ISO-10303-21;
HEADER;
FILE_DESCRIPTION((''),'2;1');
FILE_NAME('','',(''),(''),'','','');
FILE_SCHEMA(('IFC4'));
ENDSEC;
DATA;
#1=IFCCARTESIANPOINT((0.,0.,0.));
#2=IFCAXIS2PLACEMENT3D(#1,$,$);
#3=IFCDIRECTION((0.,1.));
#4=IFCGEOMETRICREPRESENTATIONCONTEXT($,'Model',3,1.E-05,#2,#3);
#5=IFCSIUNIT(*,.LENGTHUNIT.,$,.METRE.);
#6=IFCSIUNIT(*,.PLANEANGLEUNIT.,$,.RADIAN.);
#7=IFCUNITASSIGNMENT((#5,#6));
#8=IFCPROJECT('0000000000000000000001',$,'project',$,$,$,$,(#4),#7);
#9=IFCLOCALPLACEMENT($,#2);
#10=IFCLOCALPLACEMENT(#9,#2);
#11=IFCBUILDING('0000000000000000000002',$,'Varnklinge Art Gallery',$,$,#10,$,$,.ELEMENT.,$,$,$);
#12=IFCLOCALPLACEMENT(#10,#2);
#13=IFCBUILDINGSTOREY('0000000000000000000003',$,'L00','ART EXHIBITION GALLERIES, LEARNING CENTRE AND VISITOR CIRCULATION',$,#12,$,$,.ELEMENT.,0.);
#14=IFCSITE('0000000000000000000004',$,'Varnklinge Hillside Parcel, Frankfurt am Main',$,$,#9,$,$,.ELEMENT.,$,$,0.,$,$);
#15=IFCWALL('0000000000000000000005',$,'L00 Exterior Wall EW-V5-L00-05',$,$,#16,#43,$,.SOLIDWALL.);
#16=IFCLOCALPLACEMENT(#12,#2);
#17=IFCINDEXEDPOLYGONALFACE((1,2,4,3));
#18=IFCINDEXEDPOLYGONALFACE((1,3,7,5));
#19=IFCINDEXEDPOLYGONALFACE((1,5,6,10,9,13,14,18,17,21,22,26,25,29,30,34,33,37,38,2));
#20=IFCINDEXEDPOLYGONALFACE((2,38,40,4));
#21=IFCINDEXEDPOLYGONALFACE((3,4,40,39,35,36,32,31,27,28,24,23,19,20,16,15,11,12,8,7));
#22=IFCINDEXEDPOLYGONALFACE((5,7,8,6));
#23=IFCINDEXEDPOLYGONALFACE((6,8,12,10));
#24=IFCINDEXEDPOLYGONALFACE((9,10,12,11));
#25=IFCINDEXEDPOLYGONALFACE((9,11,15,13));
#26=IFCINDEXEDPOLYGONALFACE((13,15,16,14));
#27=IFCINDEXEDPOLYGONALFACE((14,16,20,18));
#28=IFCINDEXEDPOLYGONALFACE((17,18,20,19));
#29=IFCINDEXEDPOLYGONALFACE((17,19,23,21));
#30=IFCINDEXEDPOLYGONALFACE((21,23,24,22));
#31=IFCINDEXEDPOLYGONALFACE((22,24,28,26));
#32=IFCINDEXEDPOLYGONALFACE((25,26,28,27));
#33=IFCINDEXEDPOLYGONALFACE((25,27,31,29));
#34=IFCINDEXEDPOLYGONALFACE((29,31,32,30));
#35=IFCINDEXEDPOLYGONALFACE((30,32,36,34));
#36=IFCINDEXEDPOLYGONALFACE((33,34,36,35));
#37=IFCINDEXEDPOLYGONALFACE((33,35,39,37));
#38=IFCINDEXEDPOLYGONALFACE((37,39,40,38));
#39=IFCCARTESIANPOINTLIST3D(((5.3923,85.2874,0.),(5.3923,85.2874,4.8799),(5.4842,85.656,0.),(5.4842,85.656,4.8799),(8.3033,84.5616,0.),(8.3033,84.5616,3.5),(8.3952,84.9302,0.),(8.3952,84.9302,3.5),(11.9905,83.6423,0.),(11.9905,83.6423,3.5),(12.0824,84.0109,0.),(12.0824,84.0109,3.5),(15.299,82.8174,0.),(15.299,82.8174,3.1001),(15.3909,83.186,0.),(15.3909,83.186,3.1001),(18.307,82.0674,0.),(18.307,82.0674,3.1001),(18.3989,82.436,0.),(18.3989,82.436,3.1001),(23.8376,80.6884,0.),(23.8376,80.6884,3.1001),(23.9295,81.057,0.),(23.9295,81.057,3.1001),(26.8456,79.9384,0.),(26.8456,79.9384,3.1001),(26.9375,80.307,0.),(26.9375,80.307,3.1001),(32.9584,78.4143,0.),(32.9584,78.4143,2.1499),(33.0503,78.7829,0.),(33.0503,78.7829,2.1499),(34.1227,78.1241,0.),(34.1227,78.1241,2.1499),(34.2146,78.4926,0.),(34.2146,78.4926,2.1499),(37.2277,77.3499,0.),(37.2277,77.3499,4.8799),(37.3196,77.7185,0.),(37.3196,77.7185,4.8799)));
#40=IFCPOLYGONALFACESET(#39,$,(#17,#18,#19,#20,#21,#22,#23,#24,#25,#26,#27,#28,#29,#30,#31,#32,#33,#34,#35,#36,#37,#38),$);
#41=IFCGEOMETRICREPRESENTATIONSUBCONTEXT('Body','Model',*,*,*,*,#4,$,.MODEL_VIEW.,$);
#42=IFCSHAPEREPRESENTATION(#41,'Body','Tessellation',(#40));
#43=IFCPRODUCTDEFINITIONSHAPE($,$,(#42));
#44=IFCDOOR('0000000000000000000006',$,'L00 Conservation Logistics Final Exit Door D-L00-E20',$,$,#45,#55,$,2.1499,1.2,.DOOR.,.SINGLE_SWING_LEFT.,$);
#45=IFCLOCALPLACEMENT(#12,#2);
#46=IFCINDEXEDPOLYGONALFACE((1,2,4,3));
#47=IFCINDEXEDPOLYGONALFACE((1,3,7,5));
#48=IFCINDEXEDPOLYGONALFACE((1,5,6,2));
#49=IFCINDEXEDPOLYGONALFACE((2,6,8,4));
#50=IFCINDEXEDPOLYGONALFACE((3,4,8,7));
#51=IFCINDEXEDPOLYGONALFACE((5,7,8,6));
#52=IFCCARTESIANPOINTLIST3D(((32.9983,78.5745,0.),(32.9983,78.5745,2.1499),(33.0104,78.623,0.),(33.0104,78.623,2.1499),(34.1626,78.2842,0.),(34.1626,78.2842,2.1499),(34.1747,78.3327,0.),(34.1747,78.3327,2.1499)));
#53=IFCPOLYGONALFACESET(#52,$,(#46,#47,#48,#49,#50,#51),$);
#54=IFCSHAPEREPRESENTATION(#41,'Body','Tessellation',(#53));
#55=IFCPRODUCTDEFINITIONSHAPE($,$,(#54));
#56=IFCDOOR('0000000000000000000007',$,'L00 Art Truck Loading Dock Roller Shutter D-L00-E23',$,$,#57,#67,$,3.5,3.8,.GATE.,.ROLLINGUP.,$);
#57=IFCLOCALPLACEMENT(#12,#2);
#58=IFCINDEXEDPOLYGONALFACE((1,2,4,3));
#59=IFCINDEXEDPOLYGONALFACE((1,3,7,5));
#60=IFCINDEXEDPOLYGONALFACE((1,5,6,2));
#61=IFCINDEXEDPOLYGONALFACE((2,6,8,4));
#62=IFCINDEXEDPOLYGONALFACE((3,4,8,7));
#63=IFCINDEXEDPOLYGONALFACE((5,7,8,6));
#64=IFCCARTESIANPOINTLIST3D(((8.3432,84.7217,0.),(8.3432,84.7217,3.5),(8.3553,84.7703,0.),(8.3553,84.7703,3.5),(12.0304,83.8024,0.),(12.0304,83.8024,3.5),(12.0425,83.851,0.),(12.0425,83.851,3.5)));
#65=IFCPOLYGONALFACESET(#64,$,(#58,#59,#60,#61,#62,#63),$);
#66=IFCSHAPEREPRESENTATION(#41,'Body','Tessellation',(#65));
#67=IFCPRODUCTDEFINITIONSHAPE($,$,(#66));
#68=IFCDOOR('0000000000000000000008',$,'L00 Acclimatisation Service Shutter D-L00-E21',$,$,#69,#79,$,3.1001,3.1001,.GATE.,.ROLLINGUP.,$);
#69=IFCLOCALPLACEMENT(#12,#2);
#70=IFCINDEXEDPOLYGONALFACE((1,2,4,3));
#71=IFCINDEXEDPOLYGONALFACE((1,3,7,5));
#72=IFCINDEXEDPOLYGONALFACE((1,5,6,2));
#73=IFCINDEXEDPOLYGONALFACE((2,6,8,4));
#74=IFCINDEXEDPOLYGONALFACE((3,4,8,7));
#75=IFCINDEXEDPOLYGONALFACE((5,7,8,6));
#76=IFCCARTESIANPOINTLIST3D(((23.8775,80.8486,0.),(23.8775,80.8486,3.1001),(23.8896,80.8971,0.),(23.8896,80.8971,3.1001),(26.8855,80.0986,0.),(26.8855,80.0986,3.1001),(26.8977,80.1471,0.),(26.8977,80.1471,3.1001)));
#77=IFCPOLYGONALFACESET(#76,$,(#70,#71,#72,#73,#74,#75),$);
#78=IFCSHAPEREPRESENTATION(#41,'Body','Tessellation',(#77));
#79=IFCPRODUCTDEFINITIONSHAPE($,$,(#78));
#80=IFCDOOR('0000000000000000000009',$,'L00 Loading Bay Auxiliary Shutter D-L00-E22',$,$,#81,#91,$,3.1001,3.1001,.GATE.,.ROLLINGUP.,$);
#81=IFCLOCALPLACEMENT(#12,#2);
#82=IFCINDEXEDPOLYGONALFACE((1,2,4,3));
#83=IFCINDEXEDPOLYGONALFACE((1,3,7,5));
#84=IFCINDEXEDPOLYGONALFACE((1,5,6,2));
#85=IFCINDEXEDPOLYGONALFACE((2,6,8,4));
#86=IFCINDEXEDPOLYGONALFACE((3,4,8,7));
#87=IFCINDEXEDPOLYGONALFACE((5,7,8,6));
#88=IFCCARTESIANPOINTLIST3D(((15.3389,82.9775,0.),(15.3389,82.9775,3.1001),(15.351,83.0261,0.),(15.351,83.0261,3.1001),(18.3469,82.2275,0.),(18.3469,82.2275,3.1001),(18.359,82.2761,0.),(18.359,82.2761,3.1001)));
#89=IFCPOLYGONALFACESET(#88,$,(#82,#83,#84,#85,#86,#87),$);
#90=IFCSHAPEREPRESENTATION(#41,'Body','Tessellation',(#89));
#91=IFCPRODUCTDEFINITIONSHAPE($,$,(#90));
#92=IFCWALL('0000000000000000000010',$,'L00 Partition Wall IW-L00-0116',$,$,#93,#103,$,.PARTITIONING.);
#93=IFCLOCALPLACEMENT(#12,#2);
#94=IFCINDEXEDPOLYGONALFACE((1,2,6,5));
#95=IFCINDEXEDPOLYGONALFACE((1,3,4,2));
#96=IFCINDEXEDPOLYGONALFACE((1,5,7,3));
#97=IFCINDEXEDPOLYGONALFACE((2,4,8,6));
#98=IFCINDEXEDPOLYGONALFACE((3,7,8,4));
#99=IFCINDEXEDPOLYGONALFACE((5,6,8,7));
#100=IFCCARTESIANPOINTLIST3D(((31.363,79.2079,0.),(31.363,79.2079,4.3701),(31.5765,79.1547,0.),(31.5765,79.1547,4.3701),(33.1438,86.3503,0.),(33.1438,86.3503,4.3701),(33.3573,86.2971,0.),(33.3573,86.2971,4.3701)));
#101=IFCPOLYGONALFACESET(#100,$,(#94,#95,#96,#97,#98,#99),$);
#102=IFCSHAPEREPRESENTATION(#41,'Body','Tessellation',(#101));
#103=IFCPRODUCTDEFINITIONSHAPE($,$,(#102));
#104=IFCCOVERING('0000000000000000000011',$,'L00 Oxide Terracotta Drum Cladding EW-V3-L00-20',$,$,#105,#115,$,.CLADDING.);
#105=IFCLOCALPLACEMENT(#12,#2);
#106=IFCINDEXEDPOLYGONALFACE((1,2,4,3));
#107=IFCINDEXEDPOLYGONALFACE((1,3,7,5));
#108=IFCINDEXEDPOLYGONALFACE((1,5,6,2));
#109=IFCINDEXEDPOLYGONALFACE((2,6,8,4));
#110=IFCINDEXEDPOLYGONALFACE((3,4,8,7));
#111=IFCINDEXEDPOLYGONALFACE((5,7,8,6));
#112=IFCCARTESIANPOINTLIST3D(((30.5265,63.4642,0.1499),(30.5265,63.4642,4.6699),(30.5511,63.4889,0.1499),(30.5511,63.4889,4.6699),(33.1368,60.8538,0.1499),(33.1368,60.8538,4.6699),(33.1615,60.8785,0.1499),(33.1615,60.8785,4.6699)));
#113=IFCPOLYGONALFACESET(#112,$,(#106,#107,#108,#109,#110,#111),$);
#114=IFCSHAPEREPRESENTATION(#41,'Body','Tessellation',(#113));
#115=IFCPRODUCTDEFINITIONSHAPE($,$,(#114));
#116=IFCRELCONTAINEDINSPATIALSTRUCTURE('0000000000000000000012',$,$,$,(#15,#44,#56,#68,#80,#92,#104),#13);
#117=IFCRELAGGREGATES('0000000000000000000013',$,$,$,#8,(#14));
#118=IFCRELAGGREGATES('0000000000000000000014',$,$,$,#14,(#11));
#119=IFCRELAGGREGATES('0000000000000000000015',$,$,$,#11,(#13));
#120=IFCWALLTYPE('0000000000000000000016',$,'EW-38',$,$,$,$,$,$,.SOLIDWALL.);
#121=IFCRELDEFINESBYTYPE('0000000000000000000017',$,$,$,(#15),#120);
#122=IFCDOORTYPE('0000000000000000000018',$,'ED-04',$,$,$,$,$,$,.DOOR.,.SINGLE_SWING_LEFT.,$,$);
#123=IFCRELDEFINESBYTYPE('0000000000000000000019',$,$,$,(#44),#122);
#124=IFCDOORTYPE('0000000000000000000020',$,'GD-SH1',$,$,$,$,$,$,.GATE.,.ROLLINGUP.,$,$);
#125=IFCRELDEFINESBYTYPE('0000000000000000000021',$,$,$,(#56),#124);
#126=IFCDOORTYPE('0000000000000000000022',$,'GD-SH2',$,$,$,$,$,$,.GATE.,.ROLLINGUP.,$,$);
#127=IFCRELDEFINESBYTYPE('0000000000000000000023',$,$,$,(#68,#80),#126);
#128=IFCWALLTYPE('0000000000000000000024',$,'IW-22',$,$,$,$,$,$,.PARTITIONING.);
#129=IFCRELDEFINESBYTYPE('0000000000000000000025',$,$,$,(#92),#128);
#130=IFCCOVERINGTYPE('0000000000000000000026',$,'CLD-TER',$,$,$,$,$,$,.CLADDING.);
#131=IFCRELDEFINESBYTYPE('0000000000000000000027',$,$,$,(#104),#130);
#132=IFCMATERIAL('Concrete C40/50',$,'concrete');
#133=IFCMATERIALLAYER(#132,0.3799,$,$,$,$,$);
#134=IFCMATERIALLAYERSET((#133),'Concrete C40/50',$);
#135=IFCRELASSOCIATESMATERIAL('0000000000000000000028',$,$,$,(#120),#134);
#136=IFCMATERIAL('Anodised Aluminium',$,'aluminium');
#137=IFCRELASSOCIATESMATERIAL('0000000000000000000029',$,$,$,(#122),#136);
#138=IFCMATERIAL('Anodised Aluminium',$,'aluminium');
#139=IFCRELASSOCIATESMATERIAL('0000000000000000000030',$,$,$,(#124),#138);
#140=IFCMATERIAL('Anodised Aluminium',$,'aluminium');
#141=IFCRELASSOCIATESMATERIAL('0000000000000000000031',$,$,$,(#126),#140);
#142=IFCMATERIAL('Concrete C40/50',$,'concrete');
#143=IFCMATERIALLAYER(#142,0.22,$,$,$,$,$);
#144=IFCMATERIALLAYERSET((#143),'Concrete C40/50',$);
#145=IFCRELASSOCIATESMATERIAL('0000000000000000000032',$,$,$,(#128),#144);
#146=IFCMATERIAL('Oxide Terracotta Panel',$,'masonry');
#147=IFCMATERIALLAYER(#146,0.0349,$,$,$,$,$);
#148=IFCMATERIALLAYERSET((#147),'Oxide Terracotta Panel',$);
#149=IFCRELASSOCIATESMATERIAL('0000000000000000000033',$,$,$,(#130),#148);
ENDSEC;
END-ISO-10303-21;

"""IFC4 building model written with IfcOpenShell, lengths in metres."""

from ifc_helpers import new_model, si_unit, direction, frame, frame_2d, origin, origin_2d, place, context, subcontext, project, spatial, rectangle, extrude, material, layer, layer_set, type_object, element, fill, save


model = new_model("IFC4")

# Units and contexts
model_context = context("Model", 3, precision=1e-05, world=origin(), true_north=direction((0.0, 1.0)))
body_context = subcontext(model_context, "Body", "Model", "MODEL_VIEW")
ifc_project = project(units=[si_unit("LENGTHUNIT", "METRE"), si_unit("PLANEANGLEUNIT", "RADIAN")], contexts=[model_context])

# Site, building, storey
site_placement = place(None, origin())
site = spatial("IfcSite", under=ifc_project, at=site_placement, Name="Varnklinge Hillside Parcel, Frankfurt am Main", CompositionType="ELEMENT", RefElevation=0.0)
building_placement = place(site_placement, origin())
building = spatial("IfcBuilding", under=site, at=building_placement, Name="Varnklinge Art Gallery", CompositionType="ELEMENT")
storey_placement = place(building_placement, origin())
storey = spatial("IfcBuildingStorey", under=building, at=storey_placement, Name="L00", Description="ART EXHIBITION GALLERIES, LEARNING CENTRE AND VISITOR CIRCULATION", CompositionType="ELEMENT", Elevation=0.0)

# Shared definitions
ifc_material_1 = material(Name="Concrete C40/50", Category="concrete")
ifc_layer_1 = layer(ifc_material_1, 0.3799)
ifc_layer_set_1 = layer_set([ifc_layer_1], Name="Concrete C40/50")
wall_type_1 = type_object("IfcWallType", Name="EW-38", PredefinedType="SOLIDWALL", material=ifc_layer_set_1)

# Wall, openings, doors
wall_1_placement = place(storey_placement, frame((37.2737, 77.5342, 0.0), z_axis=(0.0, 0.0, 1.0), x_axis=(-0.970296, 0.241923, 0.0)))
wall_1 = element("IfcWall", 1, at=wall_1_placement, inside=storey, type_object=wall_type_1, Name="L00 Exterior Wall EW-V5-L00-05", PredefinedType="SOLIDWALL", context=body_context, shape_type="SweptSolid", body=[
    extrude(rectangle(XDim=32.8101, YDim=0.3799, at=frame_2d((16.405, 0.0))), origin(), (0.0, 0.0, 1.0), 4.8799),
])
opening_1_placement = place(wall_1_placement, frame((3.2, 0.0, 0.0)))
opening_1 = element("IfcOpeningElement", 2, at=opening_1_placement, cuts=wall_1, PredefinedType="OPENING", context=body_context, shape_type="SweptSolid", body=[
    extrude(rectangle(XDim=1.2, YDim=2.1499, at=frame_2d((0.6001, 1.075))), frame((0.0, 0.2, 0.0), z_axis=(0.0, -1.0, 0.0), x_axis=(1.0, 0.0, 0.0)), (0.0, 0.0, 1.0), 0.3999),
])
opening_2_placement = place(wall_1_placement, frame((10.7, 0.0, 0.0)))
opening_2 = element("IfcOpeningElement", 3, at=opening_2_placement, cuts=wall_1, PredefinedType="OPENING", context=body_context, shape_type="SweptSolid", body=[
    extrude(rectangle(XDim=3.1001, YDim=3.1001, at=frame_2d((1.55, 1.55))), frame((0.0, 0.2, 0.0), z_axis=(0.0, -1.0, 0.0), x_axis=(1.0, 0.0, 0.0)), (0.0, 0.0, 1.0), 0.3999),
])
opening_3_placement = place(wall_1_placement, frame((19.5, 0.0, 0.0)))
opening_3 = element("IfcOpeningElement", 4, at=opening_3_placement, cuts=wall_1, PredefinedType="OPENING", context=body_context, shape_type="SweptSolid", body=[
    extrude(rectangle(XDim=3.1001, YDim=3.1001, at=frame_2d((1.55, 1.55))), frame((0.0, 0.2, 0.0), z_axis=(0.0, -1.0, 0.0), x_axis=(1.0, 0.0, 0.0)), (0.0, 0.0, 1.0), 0.3999),
])
opening_4_placement = place(wall_1_placement, frame((26.01, 0.0, 0.0)))
opening_4 = element("IfcOpeningElement", 5, at=opening_4_placement, cuts=wall_1, PredefinedType="OPENING", context=body_context, shape_type="SweptSolid", body=[
    extrude(rectangle(XDim=3.8, YDim=3.5, at=frame_2d((1.8999, 1.75))), frame((0.0, 0.2, 0.0), z_axis=(0.0, -1.0, 0.0), x_axis=(1.0, 0.0, 0.0)), (0.0, 0.0, 1.0), 0.3999),
])
ifc_material_2 = material(Name="Anodised Aluminium", Category="aluminium")
door_type_1 = type_object("IfcDoorType", Name="ED-04", OperationType="SINGLE_SWING_LEFT", PredefinedType="DOOR", material=ifc_material_2)
door_1_placement = place(opening_1_placement, origin())
door_1 = element("IfcDoor", 6, at=door_1_placement, inside=storey, type_object=door_type_1, Name="L00 Conservation Logistics Final Exit Door D-L00-E20", OperationType="SINGLE_SWING_LEFT", OverallHeight=2.1499, OverallWidth=1.2, PredefinedType="DOOR", context=body_context, shape_type="SweptSolid", body=[
    extrude(rectangle(XDim=1.2, YDim=2.1499, at=frame_2d((0.6001, 1.075))), frame((0.0, 0.0249, 0.0), z_axis=(0.0, -1.0, 0.0), x_axis=(1.0, 0.0, 0.0)), (0.0, 0.0, 1.0), 0.05),
])
fill(opening_1, door_1)
ifc_material_3 = material(Name="Anodised Aluminium", Category="aluminium")
door_type_2 = type_object("IfcDoorType", Name="GD-SH1", OperationType="ROLLINGUP", PredefinedType="GATE", material=ifc_material_3)
door_2_placement = place(opening_4_placement, origin())
door_2 = element("IfcDoor", 7, at=door_2_placement, inside=storey, type_object=door_type_2, Name="L00 Art Truck Loading Dock Roller Shutter D-L00-E23", OperationType="ROLLINGUP", OverallHeight=3.5, OverallWidth=3.8, PredefinedType="GATE", context=body_context, shape_type="SweptSolid", body=[
    extrude(rectangle(XDim=3.8, YDim=3.5, at=frame_2d((1.8999, 1.75))), frame((0.0, 0.0249, 0.0), z_axis=(0.0, -1.0, 0.0), x_axis=(1.0, 0.0, 0.0)), (0.0, 0.0, 1.0), 0.05),
])
fill(opening_4, door_2)
ifc_material_4 = material(Name="Anodised Aluminium", Category="aluminium")
door_type_3 = type_object("IfcDoorType", Name="GD-SH2", OperationType="ROLLINGUP", PredefinedType="GATE", material=ifc_material_4)
door_3_placement = place(opening_2_placement, origin())
door_3 = element("IfcDoor", 8, at=door_3_placement, inside=storey, type_object=door_type_3, Name="L00 Acclimatisation Service Shutter D-L00-E21", OperationType="ROLLINGUP", OverallHeight=3.1001, OverallWidth=3.1001, PredefinedType="GATE", context=body_context, shape_type="SweptSolid", body=[
    extrude(rectangle(XDim=3.1001, YDim=3.1001, at=frame_2d((1.55, 1.55))), frame((0.0, 0.0249, 0.0), z_axis=(0.0, -1.0, 0.0), x_axis=(1.0, 0.0, 0.0)), (0.0, 0.0, 1.0), 0.05),
])
fill(opening_2, door_3)
door_4_placement = place(opening_3_placement, origin())
door_4 = element("IfcDoor", 9, at=door_4_placement, inside=storey, type_object=door_type_3, Name="L00 Loading Bay Auxiliary Shutter D-L00-E22", OperationType="ROLLINGUP", OverallHeight=3.1001, OverallWidth=3.1001, PredefinedType="GATE", context=body_context, shape_type="SweptSolid", body=[
    extrude(rectangle(XDim=3.1001, YDim=3.1001, at=frame_2d((1.55, 1.55))), frame((0.0, 0.0249, 0.0), z_axis=(0.0, -1.0, 0.0), x_axis=(1.0, 0.0, 0.0)), (0.0, 0.0, 1.0), 0.05),
])
fill(opening_3, door_4)

# Wall
ifc_material_5 = material(Name="Concrete C40/50", Category="concrete")
ifc_layer_2 = layer(ifc_material_5, 0.22)
ifc_layer_set_2 = layer_set([ifc_layer_2], Name="Concrete C40/50")
wall_type_2 = type_object("IfcWallType", Name="IW-22", PredefinedType="PARTITIONING", material=ifc_layer_set_2)
wall_2_placement = place(storey_placement, frame((31.4697, 79.1812, 0.0), z_axis=(0.0, 0.0, 1.0), x_axis=(0.241919, 0.970296, 0.0)))
element("IfcWall", 10, at=wall_2_placement, inside=storey, type_object=wall_type_2, Name="L00 Partition Wall IW-L00-0116", PredefinedType="PARTITIONING", context=body_context, shape_type="SweptSolid", body=[
    extrude(rectangle(XDim=7.3611, YDim=0.22, at=frame_2d((3.6807, 0.0))), origin(), (0.0, 0.0, 1.0), 4.3701),
])

# Covering
ifc_material_6 = material(Name="Oxide Terracotta Panel", Category="masonry")
ifc_layer_3 = layer(ifc_material_6, 0.0349)
ifc_layer_set_3 = layer_set([ifc_layer_3], Name="Oxide Terracotta Panel")
covering_type = type_object("IfcCoveringType", Name="CLD-TER", PredefinedType="CLADDING", material=ifc_layer_set_3)
covering_placement = place(storey_placement, frame((31.844, 62.1714, 0.1499), z_axis=(0.0, 0.0, 1.0), x_axis=(0.707107, -0.707107, 0.0)))
element("IfcCovering", 11, at=covering_placement, inside=storey, type_object=covering_type, Name="L00 Oxide Terracotta Drum Cladding EW-V3-L00-20", PredefinedType="CLADDING", context=body_context, shape_type="SweptSolid", body=[
    extrude(rectangle(XDim=3.6917, YDim=0.0349, at=origin_2d()), origin(), (0.0, 0.0, 1.0), 4.52),
])

save(model, "model.ifc")
